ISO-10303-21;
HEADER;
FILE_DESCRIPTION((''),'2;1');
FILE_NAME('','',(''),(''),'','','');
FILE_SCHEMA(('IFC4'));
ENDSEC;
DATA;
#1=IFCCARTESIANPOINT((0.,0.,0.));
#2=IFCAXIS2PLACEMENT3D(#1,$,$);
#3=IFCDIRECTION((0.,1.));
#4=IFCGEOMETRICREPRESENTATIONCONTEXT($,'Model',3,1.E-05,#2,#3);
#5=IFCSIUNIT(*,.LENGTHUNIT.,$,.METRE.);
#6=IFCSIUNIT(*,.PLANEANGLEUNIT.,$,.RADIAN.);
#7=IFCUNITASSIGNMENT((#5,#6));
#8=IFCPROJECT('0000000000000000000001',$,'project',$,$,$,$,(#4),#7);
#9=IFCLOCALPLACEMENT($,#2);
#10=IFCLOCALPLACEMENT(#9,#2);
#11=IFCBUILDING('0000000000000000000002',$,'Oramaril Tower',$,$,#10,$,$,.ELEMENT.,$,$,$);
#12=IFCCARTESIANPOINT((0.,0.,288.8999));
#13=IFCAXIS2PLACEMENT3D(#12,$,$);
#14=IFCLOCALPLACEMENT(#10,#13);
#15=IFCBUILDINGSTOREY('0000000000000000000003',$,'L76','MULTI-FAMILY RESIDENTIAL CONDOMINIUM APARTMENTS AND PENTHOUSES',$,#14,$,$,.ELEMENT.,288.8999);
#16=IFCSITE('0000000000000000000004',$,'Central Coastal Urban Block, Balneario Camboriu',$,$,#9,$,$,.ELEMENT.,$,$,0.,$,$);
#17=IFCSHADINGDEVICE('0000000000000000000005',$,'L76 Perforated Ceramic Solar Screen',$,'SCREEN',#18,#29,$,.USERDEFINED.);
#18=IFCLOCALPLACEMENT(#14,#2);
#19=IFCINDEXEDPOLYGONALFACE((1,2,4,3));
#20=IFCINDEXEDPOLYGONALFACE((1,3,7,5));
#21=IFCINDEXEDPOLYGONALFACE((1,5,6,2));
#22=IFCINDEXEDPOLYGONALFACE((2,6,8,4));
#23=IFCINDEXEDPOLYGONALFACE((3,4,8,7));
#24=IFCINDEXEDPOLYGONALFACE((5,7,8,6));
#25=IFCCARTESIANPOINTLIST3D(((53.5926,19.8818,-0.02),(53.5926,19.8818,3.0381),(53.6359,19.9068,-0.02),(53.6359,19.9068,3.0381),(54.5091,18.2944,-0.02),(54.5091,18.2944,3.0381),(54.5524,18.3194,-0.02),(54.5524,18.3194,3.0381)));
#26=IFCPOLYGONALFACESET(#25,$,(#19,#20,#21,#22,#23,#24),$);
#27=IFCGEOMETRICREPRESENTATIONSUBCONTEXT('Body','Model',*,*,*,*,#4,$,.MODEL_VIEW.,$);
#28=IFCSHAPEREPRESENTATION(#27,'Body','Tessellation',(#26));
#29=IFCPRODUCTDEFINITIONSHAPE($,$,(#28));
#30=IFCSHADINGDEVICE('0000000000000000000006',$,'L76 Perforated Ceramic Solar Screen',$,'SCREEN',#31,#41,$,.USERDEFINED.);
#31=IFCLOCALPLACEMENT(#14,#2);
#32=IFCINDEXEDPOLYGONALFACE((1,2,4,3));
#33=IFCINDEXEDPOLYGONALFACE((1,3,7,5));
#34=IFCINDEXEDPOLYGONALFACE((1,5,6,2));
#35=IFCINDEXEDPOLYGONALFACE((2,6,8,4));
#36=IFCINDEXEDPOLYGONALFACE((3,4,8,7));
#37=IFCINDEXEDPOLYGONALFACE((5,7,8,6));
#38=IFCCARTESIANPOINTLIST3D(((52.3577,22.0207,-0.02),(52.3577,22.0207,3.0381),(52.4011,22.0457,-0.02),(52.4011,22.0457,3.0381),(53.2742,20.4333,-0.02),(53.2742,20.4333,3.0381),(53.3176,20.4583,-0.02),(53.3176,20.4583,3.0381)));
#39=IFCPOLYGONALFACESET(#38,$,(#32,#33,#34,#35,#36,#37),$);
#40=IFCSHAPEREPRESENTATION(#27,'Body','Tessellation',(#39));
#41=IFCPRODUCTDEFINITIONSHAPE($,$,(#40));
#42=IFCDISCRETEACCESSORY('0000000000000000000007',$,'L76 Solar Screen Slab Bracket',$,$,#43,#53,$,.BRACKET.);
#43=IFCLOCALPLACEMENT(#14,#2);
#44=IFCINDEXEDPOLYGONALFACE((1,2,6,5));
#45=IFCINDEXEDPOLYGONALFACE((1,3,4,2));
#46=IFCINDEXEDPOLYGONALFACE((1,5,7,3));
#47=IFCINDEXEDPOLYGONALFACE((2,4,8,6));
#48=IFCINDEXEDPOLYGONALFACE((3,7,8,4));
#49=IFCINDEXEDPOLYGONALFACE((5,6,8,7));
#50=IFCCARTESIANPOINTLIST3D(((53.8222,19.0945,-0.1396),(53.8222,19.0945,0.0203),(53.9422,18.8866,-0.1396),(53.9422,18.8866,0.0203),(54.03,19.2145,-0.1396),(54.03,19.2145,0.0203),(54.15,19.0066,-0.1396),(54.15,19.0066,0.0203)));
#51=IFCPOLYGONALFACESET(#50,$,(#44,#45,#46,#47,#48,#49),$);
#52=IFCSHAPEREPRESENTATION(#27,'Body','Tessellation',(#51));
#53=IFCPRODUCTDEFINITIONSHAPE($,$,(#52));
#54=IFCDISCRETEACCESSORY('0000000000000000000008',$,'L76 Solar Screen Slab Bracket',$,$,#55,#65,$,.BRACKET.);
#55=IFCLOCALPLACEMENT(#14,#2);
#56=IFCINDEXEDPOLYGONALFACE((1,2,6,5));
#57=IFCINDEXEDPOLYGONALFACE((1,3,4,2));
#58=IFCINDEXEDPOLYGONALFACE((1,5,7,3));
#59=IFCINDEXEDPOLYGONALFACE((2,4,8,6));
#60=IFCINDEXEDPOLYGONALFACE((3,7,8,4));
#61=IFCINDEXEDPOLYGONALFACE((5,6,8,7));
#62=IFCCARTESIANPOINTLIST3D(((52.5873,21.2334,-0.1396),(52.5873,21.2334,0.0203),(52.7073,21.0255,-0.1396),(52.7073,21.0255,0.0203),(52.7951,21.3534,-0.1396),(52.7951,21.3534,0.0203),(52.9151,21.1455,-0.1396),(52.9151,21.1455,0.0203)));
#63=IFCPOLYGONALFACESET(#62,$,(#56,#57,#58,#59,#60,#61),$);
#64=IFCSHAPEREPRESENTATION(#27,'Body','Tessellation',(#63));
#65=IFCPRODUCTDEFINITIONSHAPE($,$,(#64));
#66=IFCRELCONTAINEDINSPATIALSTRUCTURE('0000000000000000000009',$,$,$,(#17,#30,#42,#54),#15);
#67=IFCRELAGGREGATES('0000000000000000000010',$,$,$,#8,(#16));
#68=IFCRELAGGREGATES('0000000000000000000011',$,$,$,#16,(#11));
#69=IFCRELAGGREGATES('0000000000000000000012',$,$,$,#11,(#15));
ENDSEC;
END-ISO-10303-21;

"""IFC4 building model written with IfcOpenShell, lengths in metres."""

from ifc_helpers import new_model, si_unit, direction, frame, origin, origin_2d, place, context, subcontext, project, spatial, rectangle, extrude, element, save


model = new_model("IFC4")

# Units and contexts
model_context = context("Model", 3, precision=1e-05, world=origin(), true_north=direction((0.0, 1.0)))
body_context = subcontext(model_context, "Body", "Model", "MODEL_VIEW")
ifc_project = project(units=[si_unit("LENGTHUNIT", "METRE"), si_unit("PLANEANGLEUNIT", "RADIAN")], contexts=[model_context])

# Site, building, storey
site_placement = place(None, origin())
site = spatial("IfcSite", under=ifc_project, at=site_placement, Name="Central Coastal Urban Block, Balneario Camboriu", CompositionType="ELEMENT", RefElevation=0.0)
building_placement = place(site_placement, origin())
building = spatial("IfcBuilding", under=site, at=building_placement, Name="Oramaril Tower", CompositionType="ELEMENT")
storey_placement = place(building_placement, frame((0.0, 0.0, 288.8999)))
storey = spatial("IfcBuildingStorey", under=building, at=storey_placement, Name="L76", Description="MULTI-FAMILY RESIDENTIAL CONDOMINIUM APARTMENTS AND PENTHOUSES", CompositionType="ELEMENT", Elevation=288.8999)

# Shading devices
for number, where, z_axis, x_axis, name in (
    (1, (54.0725, 19.1006, -0.02), (0.0, 0.0, 1.0), (-0.499997, 0.866027, 0.0), "L76 Perforated Ceramic Solar Screen"),
    (2, (52.8376, 21.2395, -0.02), (0.0, 0.0, 1.0), (-0.499997, 0.866027, 0.0), "L76 Perforated Ceramic Solar Screen"),
):
    element("IfcShadingDevice", number, at=place(storey_placement, frame(where, z_axis=z_axis, x_axis=x_axis)), inside=storey, Name=name, ObjectType="SCREEN", PredefinedType="USERDEFINED", context=body_context, shape_type="SweptSolid", body=[
        extrude(rectangle(XDim=1.833, YDim=0.05, at=origin_2d()), origin(), (0.0, 0.0, 1.0), 3.0581),
    ])

# Discrete accessories
for number, where, z_axis, x_axis, name in (
    (3, (53.9861, 19.0505, -0.1396), (0.0, 0.0, 1.0), (-0.499997, 0.866027, 0.0), "L76 Solar Screen Slab Bracket"),
    (4, (52.7512, 21.1895, -0.1396), (0.0, 0.0, 1.0), (-0.499997, 0.866027, 0.0), "L76 Solar Screen Slab Bracket"),
):
    element("IfcDiscreteAccessory", number, at=place(storey_placement, frame(where, z_axis=z_axis, x_axis=x_axis)), inside=storey, Name=name, PredefinedType="BRACKET", context=body_context, shape_type="SweptSolid", body=[
        extrude(rectangle(XDim=0.24, YDim=0.24, at=origin_2d()), origin(), (0.0, 0.0, 1.0), 0.1599),
    ])

save(model, "model.ifc")
